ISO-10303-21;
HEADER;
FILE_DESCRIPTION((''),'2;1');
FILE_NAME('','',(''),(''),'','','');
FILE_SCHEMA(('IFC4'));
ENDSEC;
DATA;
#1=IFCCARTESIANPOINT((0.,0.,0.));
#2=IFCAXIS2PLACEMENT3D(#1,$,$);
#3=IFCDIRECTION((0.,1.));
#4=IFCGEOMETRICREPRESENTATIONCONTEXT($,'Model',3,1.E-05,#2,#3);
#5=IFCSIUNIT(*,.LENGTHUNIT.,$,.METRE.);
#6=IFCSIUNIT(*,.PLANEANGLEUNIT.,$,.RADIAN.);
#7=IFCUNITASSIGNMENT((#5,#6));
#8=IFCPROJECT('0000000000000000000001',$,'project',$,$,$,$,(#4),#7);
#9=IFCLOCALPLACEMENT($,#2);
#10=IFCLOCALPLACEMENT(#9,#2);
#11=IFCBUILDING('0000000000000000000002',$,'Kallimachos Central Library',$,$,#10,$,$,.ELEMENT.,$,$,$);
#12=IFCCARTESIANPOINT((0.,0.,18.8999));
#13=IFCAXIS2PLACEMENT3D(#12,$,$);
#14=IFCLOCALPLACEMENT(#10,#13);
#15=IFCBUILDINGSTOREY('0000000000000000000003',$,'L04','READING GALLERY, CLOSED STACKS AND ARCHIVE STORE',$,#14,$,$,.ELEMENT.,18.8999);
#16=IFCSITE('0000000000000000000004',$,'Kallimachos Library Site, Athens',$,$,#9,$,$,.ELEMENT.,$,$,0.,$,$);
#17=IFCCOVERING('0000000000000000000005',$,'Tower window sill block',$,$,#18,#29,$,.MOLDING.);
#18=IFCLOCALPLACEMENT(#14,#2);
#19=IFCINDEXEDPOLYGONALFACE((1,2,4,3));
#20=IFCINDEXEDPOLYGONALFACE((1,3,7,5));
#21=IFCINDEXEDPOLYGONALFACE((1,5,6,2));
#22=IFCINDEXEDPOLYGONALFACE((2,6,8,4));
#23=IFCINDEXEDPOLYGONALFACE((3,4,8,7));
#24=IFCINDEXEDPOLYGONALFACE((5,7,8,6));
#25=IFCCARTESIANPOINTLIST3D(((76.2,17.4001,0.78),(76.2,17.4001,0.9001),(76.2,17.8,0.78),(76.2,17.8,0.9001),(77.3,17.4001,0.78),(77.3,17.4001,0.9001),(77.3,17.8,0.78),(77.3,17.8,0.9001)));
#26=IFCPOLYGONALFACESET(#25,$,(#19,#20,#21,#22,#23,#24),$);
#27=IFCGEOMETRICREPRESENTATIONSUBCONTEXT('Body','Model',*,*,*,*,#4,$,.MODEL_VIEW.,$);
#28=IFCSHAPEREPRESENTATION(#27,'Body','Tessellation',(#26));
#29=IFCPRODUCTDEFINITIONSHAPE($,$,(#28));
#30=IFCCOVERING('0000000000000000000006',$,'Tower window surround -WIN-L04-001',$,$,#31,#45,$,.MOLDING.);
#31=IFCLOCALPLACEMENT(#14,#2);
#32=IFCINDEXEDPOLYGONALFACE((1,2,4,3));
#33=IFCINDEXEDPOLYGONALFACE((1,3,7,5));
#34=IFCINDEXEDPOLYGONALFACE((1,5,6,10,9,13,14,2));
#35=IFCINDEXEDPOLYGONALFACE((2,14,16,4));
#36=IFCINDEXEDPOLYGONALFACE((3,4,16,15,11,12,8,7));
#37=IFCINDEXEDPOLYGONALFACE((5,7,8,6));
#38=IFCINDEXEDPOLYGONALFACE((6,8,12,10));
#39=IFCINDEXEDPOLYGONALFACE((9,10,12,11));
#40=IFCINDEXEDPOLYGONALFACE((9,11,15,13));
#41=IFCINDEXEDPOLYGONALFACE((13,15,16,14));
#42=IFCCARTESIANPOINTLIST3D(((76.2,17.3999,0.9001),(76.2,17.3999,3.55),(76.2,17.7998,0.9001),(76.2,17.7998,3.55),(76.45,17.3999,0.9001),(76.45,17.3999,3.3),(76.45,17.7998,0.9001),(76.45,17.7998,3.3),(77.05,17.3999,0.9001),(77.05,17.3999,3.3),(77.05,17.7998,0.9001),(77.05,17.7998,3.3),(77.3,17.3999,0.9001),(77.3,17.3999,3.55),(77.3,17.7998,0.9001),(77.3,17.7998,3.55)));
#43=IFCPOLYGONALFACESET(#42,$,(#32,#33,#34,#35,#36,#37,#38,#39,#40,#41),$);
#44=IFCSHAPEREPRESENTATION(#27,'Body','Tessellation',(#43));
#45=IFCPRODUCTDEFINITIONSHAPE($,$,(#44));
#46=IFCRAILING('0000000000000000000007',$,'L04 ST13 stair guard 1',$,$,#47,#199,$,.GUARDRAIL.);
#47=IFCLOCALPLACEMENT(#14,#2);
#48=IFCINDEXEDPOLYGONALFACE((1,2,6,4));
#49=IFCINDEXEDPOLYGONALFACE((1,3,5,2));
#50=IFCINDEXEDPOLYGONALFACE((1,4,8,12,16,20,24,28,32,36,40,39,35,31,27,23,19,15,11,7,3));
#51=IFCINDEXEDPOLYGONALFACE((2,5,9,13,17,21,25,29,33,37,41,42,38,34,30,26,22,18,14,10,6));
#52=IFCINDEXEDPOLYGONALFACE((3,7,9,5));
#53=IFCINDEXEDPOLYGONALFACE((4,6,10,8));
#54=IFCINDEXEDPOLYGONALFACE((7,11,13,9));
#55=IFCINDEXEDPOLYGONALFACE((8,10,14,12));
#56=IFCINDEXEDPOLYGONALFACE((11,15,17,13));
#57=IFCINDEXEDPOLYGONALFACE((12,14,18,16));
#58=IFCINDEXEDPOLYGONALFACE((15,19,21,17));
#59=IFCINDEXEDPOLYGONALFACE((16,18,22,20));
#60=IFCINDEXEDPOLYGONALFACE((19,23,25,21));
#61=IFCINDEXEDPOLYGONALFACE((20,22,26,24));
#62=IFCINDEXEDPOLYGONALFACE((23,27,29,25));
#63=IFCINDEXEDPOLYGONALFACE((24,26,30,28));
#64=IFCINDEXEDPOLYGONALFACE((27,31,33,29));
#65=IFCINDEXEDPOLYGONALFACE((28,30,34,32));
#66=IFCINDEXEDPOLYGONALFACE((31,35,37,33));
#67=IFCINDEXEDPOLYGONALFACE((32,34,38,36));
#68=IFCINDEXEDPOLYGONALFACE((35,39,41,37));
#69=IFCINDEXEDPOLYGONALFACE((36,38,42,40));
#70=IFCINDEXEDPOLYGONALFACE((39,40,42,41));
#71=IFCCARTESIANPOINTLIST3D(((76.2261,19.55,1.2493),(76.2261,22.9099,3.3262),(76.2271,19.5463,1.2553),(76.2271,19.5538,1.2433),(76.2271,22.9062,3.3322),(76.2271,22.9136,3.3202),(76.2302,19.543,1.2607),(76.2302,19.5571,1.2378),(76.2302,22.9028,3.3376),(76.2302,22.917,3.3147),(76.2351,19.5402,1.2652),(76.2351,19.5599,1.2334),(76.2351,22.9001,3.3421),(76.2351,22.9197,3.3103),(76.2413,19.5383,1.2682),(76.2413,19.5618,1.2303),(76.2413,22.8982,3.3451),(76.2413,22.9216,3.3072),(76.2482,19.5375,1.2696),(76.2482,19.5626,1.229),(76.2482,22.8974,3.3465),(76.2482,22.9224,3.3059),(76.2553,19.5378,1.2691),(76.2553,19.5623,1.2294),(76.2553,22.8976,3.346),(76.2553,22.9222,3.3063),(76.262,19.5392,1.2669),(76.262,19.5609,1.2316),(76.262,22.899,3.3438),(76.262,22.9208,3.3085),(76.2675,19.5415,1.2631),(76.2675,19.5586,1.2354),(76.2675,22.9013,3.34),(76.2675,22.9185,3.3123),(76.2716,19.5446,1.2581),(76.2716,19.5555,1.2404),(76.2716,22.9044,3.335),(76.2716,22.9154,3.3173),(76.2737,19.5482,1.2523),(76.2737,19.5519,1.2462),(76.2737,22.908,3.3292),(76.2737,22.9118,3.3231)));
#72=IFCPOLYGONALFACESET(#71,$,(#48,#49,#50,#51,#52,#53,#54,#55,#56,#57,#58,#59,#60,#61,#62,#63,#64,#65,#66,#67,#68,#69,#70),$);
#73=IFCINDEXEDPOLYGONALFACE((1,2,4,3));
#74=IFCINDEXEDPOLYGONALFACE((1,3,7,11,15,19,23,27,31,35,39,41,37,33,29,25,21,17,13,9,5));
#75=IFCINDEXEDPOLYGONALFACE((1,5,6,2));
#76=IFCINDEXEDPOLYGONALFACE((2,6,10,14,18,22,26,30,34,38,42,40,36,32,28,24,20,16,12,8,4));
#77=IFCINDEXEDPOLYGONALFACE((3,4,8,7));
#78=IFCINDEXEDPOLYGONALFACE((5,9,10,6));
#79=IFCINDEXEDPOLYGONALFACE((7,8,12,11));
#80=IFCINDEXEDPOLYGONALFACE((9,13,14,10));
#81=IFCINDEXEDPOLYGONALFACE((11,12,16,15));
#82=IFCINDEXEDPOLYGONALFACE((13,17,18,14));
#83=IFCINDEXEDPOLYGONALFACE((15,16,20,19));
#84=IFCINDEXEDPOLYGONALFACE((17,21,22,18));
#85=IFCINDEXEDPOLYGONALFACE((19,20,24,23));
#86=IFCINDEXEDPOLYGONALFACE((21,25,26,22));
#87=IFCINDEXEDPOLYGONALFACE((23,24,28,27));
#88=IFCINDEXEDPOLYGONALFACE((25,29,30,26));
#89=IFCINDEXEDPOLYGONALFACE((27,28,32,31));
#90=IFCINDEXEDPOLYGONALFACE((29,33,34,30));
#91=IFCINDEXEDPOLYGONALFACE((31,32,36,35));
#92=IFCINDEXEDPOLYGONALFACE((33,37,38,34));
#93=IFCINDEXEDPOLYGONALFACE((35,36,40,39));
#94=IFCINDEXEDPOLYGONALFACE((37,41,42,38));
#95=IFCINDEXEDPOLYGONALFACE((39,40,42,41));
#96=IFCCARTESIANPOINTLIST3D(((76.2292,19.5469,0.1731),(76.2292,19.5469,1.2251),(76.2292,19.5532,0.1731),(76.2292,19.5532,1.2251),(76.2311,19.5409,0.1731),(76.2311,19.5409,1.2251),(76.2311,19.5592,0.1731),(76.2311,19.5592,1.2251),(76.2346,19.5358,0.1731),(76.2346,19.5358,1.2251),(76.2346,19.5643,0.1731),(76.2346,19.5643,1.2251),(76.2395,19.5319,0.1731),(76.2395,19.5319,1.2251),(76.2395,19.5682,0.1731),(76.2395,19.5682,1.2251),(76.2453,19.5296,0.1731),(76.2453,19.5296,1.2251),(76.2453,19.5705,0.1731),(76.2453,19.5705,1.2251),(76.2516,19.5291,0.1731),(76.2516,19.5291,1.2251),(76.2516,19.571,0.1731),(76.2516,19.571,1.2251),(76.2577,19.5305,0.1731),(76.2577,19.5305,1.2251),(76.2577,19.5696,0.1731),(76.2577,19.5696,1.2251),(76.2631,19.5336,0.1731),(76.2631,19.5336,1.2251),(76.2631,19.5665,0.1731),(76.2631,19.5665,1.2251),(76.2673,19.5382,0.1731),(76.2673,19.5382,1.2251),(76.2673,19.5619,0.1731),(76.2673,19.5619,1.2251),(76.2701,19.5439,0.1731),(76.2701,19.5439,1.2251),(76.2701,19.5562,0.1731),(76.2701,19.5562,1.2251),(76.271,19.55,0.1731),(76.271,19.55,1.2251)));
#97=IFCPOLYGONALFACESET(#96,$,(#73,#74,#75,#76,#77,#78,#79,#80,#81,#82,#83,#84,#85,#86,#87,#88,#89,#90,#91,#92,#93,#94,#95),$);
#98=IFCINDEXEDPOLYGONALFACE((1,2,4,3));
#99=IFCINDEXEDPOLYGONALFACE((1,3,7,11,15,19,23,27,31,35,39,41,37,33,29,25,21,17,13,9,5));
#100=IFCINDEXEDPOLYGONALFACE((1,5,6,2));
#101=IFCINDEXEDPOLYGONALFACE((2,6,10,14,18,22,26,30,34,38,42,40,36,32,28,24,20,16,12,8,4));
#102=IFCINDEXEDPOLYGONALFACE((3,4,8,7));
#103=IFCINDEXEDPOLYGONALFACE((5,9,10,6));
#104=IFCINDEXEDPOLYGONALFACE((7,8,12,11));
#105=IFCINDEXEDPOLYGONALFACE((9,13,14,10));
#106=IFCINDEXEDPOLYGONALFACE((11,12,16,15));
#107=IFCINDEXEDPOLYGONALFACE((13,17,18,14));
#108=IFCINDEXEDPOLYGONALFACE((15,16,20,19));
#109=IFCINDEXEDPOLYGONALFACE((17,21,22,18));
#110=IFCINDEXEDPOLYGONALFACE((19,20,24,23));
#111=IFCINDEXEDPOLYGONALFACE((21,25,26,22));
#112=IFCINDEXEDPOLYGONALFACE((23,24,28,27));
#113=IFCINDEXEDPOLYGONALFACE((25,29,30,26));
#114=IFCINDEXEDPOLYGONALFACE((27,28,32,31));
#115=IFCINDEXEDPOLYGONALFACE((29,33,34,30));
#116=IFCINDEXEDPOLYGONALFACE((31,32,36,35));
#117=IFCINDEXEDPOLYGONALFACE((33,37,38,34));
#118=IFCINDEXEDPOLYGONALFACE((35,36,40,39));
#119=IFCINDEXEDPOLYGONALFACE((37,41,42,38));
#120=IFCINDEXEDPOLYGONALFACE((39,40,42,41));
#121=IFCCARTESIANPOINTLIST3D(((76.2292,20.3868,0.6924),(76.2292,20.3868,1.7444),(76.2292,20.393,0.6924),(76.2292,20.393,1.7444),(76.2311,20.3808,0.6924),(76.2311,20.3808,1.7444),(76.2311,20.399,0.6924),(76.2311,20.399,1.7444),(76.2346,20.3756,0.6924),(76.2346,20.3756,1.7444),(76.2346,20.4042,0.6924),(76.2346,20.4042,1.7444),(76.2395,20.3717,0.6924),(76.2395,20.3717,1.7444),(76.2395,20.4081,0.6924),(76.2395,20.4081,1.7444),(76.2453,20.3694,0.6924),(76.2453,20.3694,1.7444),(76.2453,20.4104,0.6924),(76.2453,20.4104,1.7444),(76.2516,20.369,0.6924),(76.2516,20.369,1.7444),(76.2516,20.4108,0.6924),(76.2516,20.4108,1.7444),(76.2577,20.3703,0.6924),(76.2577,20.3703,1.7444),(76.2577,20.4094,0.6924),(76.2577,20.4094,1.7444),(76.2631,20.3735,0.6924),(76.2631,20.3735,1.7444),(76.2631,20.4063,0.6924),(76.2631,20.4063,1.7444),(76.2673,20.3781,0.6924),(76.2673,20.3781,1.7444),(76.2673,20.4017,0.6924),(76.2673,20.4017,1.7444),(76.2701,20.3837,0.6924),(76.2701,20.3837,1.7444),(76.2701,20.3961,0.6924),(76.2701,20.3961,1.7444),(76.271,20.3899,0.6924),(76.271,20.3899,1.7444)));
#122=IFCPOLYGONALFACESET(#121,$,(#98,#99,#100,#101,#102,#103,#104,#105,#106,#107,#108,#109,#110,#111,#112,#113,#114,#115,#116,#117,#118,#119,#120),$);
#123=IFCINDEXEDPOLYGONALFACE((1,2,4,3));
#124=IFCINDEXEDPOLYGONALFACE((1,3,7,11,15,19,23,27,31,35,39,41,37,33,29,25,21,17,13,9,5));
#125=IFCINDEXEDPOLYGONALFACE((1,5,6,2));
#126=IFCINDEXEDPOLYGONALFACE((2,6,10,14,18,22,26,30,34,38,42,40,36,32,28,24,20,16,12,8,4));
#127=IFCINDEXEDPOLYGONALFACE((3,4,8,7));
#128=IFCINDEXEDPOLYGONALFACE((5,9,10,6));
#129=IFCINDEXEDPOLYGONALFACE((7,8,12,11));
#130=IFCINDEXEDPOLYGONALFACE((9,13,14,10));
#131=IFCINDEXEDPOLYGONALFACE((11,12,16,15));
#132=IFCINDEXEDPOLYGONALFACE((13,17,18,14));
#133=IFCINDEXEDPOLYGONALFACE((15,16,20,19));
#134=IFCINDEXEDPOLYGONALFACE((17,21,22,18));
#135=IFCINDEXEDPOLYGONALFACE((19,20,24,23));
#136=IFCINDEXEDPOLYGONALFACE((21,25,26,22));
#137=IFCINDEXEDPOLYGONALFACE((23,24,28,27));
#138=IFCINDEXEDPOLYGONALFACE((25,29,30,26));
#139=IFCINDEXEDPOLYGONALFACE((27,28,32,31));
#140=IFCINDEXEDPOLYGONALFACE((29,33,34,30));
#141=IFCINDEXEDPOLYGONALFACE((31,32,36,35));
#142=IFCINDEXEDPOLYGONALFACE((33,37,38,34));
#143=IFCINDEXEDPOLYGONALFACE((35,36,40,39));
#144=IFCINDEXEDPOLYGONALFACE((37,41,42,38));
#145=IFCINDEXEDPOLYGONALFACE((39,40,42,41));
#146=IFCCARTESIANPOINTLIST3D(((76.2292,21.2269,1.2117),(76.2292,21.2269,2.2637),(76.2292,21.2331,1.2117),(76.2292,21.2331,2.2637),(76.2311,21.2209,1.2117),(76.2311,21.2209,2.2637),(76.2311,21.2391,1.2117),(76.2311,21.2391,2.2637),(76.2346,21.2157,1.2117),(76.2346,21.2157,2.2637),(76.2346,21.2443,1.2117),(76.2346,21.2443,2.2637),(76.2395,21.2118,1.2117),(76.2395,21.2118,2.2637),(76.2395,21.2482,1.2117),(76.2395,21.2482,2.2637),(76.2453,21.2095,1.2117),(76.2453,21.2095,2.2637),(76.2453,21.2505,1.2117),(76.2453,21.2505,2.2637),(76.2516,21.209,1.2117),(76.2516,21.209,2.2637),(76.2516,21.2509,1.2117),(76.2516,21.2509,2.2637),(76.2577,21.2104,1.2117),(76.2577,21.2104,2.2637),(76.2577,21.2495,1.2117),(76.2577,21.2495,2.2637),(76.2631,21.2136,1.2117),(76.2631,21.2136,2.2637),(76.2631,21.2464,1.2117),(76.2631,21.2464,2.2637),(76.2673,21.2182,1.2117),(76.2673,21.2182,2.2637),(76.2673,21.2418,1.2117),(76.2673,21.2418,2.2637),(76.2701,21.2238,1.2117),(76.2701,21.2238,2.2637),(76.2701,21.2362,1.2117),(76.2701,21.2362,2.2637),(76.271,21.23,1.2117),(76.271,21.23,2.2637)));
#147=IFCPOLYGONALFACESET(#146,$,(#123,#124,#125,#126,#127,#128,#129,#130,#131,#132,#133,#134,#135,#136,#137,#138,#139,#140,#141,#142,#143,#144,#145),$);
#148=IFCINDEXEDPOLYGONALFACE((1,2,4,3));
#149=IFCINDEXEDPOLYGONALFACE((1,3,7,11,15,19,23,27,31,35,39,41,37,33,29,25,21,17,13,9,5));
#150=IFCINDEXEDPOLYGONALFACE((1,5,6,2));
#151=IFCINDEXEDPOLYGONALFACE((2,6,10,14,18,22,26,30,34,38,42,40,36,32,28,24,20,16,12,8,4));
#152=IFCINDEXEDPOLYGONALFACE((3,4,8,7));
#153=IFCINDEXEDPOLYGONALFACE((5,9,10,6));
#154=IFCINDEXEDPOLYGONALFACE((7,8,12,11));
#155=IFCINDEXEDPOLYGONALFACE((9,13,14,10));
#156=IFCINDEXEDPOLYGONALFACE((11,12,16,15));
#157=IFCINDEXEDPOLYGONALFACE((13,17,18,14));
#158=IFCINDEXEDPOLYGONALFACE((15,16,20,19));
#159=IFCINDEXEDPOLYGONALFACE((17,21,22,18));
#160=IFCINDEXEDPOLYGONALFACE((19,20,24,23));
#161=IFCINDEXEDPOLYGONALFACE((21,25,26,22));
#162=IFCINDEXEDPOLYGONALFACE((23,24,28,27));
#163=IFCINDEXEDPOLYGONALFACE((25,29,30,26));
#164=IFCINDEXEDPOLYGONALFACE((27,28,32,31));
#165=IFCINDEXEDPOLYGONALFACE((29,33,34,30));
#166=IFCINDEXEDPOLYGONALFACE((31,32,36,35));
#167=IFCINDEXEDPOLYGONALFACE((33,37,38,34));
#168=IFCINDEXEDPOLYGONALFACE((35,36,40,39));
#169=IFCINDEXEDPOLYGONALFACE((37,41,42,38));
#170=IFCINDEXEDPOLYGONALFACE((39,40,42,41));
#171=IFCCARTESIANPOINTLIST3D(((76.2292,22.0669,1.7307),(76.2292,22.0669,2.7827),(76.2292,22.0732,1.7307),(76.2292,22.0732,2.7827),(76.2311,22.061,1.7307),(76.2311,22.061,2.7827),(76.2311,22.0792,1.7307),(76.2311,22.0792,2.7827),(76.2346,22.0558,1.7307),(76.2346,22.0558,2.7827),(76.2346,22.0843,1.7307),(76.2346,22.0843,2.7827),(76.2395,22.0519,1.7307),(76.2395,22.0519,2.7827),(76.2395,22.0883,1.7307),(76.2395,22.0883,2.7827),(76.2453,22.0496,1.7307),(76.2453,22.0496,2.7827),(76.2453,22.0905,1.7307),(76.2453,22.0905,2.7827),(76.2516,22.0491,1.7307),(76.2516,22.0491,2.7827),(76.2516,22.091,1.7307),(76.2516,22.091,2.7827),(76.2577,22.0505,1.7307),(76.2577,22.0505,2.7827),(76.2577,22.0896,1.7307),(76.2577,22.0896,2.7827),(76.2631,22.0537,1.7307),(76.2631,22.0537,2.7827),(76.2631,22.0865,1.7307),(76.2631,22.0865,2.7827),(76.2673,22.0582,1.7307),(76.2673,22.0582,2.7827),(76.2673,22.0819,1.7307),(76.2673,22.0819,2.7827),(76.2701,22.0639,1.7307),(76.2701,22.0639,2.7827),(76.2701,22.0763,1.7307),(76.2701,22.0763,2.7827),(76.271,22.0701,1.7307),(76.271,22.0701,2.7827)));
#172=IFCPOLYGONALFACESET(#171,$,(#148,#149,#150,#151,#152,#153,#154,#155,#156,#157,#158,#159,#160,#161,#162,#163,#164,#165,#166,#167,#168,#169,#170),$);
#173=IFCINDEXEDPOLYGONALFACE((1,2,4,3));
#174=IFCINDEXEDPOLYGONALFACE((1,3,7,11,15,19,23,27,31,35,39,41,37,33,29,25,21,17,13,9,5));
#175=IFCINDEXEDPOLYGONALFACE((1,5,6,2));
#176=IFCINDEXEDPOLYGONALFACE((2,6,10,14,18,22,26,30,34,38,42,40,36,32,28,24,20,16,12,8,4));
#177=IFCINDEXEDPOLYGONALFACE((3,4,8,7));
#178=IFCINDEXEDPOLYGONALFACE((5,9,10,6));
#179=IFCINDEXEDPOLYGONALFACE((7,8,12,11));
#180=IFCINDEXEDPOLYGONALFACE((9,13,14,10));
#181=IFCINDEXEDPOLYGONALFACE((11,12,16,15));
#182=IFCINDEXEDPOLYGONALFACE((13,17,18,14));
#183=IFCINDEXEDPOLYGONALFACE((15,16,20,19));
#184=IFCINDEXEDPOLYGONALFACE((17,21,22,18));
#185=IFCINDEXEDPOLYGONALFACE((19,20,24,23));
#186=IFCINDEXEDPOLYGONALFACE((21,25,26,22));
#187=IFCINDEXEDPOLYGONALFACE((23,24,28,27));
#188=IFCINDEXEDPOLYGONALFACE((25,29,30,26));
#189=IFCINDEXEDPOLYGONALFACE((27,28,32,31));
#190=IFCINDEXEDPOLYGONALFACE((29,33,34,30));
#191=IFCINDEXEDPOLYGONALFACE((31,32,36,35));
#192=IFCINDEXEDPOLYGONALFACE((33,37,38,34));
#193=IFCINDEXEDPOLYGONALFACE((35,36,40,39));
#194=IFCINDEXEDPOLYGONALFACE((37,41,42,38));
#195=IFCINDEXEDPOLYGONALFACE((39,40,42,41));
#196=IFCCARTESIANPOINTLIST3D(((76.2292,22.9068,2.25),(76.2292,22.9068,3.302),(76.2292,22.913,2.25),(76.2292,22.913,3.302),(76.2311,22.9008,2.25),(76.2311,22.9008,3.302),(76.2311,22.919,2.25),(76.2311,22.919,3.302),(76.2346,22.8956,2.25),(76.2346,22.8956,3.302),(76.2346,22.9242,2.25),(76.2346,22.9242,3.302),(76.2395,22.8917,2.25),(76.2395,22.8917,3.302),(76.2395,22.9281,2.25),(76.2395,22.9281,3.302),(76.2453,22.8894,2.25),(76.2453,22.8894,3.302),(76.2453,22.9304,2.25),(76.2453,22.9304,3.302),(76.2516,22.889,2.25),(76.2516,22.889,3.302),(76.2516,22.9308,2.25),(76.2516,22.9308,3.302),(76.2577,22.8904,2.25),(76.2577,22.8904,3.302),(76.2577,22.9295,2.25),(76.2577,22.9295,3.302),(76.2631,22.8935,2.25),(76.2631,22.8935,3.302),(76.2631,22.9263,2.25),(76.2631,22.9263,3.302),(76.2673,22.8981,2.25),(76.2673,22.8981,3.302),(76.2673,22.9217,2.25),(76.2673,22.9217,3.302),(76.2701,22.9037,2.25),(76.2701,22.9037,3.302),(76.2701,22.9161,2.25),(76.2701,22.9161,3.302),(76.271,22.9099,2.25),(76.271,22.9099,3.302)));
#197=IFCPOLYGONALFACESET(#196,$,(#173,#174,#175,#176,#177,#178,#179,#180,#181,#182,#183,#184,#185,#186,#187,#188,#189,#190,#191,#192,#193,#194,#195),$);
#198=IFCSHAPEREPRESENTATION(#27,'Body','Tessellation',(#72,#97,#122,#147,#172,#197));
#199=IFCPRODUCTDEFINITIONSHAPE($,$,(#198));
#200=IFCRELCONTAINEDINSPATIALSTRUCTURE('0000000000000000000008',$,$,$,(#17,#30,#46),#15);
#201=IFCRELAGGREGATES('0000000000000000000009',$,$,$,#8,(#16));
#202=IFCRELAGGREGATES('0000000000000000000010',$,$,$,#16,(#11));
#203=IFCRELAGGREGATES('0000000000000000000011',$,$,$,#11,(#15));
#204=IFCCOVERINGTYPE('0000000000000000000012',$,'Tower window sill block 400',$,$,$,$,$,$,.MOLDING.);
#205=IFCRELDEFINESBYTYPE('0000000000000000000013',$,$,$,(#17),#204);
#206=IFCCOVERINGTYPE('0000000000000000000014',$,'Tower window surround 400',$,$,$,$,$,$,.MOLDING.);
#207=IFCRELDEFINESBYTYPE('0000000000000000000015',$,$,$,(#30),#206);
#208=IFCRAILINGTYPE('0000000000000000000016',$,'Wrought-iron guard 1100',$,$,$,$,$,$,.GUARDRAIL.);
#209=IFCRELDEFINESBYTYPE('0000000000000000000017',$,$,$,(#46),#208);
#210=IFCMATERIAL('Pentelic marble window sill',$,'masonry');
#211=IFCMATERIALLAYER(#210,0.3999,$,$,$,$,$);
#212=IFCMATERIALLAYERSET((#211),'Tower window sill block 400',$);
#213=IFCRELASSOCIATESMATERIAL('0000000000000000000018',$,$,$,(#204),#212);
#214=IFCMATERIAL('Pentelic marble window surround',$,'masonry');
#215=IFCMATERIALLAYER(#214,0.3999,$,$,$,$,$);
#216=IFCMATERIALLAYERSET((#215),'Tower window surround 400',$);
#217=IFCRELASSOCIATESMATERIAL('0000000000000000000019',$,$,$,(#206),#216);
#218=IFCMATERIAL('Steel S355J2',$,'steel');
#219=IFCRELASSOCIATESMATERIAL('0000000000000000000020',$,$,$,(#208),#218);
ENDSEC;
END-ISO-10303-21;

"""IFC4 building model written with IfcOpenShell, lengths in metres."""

from ifc_helpers import new_model, si_unit, direction, frame, origin, origin_2d, place, context, subcontext, project, spatial, polyline, rectangle, circle, outline, extrude, material, layer, layer_set, type_object, element, save


model = new_model("IFC4")

# Units and contexts
model_context = context("Model", 3, precision=1e-05, world=origin(), true_north=direction((0.0, 1.0)))
body_context = subcontext(model_context, "Body", "Model", "MODEL_VIEW")
ifc_project = project(units=[si_unit("LENGTHUNIT", "METRE"), si_unit("PLANEANGLEUNIT", "RADIAN")], contexts=[model_context])

# Site, building, storey
site_placement = place(None, origin())
site = spatial("IfcSite", under=ifc_project, at=site_placement, Name="Kallimachos Library Site, Athens", CompositionType="ELEMENT", RefElevation=0.0)
building_placement = place(site_placement, origin())
building = spatial("IfcBuilding", under=site, at=building_placement, Name="Kallimachos Central Library", CompositionType="ELEMENT")
storey_placement = place(building_placement, frame((0.0, 0.0, 18.8999)))
storey = spatial("IfcBuildingStorey", under=building, at=storey_placement, Name="L04", Description="READING GALLERY, CLOSED STACKS AND ARCHIVE STORE", CompositionType="ELEMENT", Elevation=18.8999)

# Coverings
ifc_material_1 = material(Name="Pentelic marble window sill", Category="masonry")
ifc_layer_1 = layer(ifc_material_1, 0.3999)
ifc_layer_set_1 = layer_set([ifc_layer_1], Name="Tower window sill block 400")
covering_type_1 = type_object("IfcCoveringType", Name="Tower window sill block 400", PredefinedType="MOLDING", material=ifc_layer_set_1)
covering_1_placement = place(storey_placement, frame((76.75, 17.6001, 0.78), z_axis=(0.0, 0.0, 1.0), x_axis=(1.0, 0.0, 0.0)))
element("IfcCovering", 1, at=covering_1_placement, inside=storey, type_object=covering_type_1, Name="Tower window sill block", PredefinedType="MOLDING", context=body_context, shape_type="SweptSolid", body=[
    extrude(rectangle(XDim=1.1001, YDim=0.3999, at=origin_2d()), origin(), (0.0, 0.0, 1.0), 0.1201),
])
ifc_material_2 = material(Name="Pentelic marble window surround", Category="masonry")
ifc_layer_2 = layer(ifc_material_2, 0.3999)
ifc_layer_set_2 = layer_set([ifc_layer_2], Name="Tower window surround 400")
covering_type_2 = type_object("IfcCoveringType", Name="Tower window surround 400", PredefinedType="MOLDING", material=ifc_layer_set_2)
covering_2_placement = place(storey_placement, frame((76.45, 17.3999, 0.9001), z_axis=(0.0, -1.0, 0.0), x_axis=(0.0, 0.0, 1.0)))
element("IfcCovering", 2, at=covering_2_placement, inside=storey, type_object=covering_type_2, Name="Tower window surround -WIN-L04-001", PredefinedType="MOLDING", context=body_context, shape_type="SweptSolid", body=[
    extrude(outline(polyline([(0.0, 0.0), (2.3999, 0.0), (2.3999, -0.6001), (0.0, -0.6001), (0.0, -0.8501), (2.6499, -0.8501), (2.6499, 0.25), (0.0, 0.25), (0.0, 0.0)])), origin(), (0.0, 0.0, -1.0), 0.3999),
])

# Railing
ifc_material_3 = material(Name="Steel S355J2", Category="steel")
railing_type_1 = type_object("IfcRailingType", Name="Wrought-iron guard 1100", PredefinedType="GUARDRAIL", material=ifc_material_3)
railing_1_placement = place(storey_placement, frame((76.25, 19.55, 0.1731)))
element("IfcRailing", 3, at=railing_1_placement, inside=storey, type_object=railing_type_1, Name="L04 ST13 stair guard 1", PredefinedType="GUARDRAIL", context=body_context, shape_type="SweptSolid", body=[
    extrude(circle(Radius=0.0239, at=origin_2d()), frame((0.0, 0.0, 1.0762), z_axis=(0.0, 0.850606, 0.525803), x_axis=(-1.0, 0.0, 0.0)), (0.0, 0.0, 1.0), 3.95),
    extrude(circle(Radius=0.021, at=origin_2d()), origin(), (0.0, 0.0, 1.0), 1.052),
    extrude(circle(Radius=0.021, at=origin_2d()), frame((0.0, 0.8398, 0.5193)), (0.0, 0.0, 1.0), 1.052),
    extrude(circle(Radius=0.021, at=origin_2d()), frame((0.0, 1.6799, 1.0386)), (0.0, 0.0, 1.0), 1.052),
    extrude(circle(Radius=0.021, at=origin_2d()), frame((0.0, 2.52, 1.5576)), (0.0, 0.0, 1.0), 1.052),
    extrude(circle(Radius=0.021, at=origin_2d()), frame((0.0, 3.3599, 2.0769)), (0.0, 0.0, 1.0), 1.052),
])

save(model, "model.ifc")
